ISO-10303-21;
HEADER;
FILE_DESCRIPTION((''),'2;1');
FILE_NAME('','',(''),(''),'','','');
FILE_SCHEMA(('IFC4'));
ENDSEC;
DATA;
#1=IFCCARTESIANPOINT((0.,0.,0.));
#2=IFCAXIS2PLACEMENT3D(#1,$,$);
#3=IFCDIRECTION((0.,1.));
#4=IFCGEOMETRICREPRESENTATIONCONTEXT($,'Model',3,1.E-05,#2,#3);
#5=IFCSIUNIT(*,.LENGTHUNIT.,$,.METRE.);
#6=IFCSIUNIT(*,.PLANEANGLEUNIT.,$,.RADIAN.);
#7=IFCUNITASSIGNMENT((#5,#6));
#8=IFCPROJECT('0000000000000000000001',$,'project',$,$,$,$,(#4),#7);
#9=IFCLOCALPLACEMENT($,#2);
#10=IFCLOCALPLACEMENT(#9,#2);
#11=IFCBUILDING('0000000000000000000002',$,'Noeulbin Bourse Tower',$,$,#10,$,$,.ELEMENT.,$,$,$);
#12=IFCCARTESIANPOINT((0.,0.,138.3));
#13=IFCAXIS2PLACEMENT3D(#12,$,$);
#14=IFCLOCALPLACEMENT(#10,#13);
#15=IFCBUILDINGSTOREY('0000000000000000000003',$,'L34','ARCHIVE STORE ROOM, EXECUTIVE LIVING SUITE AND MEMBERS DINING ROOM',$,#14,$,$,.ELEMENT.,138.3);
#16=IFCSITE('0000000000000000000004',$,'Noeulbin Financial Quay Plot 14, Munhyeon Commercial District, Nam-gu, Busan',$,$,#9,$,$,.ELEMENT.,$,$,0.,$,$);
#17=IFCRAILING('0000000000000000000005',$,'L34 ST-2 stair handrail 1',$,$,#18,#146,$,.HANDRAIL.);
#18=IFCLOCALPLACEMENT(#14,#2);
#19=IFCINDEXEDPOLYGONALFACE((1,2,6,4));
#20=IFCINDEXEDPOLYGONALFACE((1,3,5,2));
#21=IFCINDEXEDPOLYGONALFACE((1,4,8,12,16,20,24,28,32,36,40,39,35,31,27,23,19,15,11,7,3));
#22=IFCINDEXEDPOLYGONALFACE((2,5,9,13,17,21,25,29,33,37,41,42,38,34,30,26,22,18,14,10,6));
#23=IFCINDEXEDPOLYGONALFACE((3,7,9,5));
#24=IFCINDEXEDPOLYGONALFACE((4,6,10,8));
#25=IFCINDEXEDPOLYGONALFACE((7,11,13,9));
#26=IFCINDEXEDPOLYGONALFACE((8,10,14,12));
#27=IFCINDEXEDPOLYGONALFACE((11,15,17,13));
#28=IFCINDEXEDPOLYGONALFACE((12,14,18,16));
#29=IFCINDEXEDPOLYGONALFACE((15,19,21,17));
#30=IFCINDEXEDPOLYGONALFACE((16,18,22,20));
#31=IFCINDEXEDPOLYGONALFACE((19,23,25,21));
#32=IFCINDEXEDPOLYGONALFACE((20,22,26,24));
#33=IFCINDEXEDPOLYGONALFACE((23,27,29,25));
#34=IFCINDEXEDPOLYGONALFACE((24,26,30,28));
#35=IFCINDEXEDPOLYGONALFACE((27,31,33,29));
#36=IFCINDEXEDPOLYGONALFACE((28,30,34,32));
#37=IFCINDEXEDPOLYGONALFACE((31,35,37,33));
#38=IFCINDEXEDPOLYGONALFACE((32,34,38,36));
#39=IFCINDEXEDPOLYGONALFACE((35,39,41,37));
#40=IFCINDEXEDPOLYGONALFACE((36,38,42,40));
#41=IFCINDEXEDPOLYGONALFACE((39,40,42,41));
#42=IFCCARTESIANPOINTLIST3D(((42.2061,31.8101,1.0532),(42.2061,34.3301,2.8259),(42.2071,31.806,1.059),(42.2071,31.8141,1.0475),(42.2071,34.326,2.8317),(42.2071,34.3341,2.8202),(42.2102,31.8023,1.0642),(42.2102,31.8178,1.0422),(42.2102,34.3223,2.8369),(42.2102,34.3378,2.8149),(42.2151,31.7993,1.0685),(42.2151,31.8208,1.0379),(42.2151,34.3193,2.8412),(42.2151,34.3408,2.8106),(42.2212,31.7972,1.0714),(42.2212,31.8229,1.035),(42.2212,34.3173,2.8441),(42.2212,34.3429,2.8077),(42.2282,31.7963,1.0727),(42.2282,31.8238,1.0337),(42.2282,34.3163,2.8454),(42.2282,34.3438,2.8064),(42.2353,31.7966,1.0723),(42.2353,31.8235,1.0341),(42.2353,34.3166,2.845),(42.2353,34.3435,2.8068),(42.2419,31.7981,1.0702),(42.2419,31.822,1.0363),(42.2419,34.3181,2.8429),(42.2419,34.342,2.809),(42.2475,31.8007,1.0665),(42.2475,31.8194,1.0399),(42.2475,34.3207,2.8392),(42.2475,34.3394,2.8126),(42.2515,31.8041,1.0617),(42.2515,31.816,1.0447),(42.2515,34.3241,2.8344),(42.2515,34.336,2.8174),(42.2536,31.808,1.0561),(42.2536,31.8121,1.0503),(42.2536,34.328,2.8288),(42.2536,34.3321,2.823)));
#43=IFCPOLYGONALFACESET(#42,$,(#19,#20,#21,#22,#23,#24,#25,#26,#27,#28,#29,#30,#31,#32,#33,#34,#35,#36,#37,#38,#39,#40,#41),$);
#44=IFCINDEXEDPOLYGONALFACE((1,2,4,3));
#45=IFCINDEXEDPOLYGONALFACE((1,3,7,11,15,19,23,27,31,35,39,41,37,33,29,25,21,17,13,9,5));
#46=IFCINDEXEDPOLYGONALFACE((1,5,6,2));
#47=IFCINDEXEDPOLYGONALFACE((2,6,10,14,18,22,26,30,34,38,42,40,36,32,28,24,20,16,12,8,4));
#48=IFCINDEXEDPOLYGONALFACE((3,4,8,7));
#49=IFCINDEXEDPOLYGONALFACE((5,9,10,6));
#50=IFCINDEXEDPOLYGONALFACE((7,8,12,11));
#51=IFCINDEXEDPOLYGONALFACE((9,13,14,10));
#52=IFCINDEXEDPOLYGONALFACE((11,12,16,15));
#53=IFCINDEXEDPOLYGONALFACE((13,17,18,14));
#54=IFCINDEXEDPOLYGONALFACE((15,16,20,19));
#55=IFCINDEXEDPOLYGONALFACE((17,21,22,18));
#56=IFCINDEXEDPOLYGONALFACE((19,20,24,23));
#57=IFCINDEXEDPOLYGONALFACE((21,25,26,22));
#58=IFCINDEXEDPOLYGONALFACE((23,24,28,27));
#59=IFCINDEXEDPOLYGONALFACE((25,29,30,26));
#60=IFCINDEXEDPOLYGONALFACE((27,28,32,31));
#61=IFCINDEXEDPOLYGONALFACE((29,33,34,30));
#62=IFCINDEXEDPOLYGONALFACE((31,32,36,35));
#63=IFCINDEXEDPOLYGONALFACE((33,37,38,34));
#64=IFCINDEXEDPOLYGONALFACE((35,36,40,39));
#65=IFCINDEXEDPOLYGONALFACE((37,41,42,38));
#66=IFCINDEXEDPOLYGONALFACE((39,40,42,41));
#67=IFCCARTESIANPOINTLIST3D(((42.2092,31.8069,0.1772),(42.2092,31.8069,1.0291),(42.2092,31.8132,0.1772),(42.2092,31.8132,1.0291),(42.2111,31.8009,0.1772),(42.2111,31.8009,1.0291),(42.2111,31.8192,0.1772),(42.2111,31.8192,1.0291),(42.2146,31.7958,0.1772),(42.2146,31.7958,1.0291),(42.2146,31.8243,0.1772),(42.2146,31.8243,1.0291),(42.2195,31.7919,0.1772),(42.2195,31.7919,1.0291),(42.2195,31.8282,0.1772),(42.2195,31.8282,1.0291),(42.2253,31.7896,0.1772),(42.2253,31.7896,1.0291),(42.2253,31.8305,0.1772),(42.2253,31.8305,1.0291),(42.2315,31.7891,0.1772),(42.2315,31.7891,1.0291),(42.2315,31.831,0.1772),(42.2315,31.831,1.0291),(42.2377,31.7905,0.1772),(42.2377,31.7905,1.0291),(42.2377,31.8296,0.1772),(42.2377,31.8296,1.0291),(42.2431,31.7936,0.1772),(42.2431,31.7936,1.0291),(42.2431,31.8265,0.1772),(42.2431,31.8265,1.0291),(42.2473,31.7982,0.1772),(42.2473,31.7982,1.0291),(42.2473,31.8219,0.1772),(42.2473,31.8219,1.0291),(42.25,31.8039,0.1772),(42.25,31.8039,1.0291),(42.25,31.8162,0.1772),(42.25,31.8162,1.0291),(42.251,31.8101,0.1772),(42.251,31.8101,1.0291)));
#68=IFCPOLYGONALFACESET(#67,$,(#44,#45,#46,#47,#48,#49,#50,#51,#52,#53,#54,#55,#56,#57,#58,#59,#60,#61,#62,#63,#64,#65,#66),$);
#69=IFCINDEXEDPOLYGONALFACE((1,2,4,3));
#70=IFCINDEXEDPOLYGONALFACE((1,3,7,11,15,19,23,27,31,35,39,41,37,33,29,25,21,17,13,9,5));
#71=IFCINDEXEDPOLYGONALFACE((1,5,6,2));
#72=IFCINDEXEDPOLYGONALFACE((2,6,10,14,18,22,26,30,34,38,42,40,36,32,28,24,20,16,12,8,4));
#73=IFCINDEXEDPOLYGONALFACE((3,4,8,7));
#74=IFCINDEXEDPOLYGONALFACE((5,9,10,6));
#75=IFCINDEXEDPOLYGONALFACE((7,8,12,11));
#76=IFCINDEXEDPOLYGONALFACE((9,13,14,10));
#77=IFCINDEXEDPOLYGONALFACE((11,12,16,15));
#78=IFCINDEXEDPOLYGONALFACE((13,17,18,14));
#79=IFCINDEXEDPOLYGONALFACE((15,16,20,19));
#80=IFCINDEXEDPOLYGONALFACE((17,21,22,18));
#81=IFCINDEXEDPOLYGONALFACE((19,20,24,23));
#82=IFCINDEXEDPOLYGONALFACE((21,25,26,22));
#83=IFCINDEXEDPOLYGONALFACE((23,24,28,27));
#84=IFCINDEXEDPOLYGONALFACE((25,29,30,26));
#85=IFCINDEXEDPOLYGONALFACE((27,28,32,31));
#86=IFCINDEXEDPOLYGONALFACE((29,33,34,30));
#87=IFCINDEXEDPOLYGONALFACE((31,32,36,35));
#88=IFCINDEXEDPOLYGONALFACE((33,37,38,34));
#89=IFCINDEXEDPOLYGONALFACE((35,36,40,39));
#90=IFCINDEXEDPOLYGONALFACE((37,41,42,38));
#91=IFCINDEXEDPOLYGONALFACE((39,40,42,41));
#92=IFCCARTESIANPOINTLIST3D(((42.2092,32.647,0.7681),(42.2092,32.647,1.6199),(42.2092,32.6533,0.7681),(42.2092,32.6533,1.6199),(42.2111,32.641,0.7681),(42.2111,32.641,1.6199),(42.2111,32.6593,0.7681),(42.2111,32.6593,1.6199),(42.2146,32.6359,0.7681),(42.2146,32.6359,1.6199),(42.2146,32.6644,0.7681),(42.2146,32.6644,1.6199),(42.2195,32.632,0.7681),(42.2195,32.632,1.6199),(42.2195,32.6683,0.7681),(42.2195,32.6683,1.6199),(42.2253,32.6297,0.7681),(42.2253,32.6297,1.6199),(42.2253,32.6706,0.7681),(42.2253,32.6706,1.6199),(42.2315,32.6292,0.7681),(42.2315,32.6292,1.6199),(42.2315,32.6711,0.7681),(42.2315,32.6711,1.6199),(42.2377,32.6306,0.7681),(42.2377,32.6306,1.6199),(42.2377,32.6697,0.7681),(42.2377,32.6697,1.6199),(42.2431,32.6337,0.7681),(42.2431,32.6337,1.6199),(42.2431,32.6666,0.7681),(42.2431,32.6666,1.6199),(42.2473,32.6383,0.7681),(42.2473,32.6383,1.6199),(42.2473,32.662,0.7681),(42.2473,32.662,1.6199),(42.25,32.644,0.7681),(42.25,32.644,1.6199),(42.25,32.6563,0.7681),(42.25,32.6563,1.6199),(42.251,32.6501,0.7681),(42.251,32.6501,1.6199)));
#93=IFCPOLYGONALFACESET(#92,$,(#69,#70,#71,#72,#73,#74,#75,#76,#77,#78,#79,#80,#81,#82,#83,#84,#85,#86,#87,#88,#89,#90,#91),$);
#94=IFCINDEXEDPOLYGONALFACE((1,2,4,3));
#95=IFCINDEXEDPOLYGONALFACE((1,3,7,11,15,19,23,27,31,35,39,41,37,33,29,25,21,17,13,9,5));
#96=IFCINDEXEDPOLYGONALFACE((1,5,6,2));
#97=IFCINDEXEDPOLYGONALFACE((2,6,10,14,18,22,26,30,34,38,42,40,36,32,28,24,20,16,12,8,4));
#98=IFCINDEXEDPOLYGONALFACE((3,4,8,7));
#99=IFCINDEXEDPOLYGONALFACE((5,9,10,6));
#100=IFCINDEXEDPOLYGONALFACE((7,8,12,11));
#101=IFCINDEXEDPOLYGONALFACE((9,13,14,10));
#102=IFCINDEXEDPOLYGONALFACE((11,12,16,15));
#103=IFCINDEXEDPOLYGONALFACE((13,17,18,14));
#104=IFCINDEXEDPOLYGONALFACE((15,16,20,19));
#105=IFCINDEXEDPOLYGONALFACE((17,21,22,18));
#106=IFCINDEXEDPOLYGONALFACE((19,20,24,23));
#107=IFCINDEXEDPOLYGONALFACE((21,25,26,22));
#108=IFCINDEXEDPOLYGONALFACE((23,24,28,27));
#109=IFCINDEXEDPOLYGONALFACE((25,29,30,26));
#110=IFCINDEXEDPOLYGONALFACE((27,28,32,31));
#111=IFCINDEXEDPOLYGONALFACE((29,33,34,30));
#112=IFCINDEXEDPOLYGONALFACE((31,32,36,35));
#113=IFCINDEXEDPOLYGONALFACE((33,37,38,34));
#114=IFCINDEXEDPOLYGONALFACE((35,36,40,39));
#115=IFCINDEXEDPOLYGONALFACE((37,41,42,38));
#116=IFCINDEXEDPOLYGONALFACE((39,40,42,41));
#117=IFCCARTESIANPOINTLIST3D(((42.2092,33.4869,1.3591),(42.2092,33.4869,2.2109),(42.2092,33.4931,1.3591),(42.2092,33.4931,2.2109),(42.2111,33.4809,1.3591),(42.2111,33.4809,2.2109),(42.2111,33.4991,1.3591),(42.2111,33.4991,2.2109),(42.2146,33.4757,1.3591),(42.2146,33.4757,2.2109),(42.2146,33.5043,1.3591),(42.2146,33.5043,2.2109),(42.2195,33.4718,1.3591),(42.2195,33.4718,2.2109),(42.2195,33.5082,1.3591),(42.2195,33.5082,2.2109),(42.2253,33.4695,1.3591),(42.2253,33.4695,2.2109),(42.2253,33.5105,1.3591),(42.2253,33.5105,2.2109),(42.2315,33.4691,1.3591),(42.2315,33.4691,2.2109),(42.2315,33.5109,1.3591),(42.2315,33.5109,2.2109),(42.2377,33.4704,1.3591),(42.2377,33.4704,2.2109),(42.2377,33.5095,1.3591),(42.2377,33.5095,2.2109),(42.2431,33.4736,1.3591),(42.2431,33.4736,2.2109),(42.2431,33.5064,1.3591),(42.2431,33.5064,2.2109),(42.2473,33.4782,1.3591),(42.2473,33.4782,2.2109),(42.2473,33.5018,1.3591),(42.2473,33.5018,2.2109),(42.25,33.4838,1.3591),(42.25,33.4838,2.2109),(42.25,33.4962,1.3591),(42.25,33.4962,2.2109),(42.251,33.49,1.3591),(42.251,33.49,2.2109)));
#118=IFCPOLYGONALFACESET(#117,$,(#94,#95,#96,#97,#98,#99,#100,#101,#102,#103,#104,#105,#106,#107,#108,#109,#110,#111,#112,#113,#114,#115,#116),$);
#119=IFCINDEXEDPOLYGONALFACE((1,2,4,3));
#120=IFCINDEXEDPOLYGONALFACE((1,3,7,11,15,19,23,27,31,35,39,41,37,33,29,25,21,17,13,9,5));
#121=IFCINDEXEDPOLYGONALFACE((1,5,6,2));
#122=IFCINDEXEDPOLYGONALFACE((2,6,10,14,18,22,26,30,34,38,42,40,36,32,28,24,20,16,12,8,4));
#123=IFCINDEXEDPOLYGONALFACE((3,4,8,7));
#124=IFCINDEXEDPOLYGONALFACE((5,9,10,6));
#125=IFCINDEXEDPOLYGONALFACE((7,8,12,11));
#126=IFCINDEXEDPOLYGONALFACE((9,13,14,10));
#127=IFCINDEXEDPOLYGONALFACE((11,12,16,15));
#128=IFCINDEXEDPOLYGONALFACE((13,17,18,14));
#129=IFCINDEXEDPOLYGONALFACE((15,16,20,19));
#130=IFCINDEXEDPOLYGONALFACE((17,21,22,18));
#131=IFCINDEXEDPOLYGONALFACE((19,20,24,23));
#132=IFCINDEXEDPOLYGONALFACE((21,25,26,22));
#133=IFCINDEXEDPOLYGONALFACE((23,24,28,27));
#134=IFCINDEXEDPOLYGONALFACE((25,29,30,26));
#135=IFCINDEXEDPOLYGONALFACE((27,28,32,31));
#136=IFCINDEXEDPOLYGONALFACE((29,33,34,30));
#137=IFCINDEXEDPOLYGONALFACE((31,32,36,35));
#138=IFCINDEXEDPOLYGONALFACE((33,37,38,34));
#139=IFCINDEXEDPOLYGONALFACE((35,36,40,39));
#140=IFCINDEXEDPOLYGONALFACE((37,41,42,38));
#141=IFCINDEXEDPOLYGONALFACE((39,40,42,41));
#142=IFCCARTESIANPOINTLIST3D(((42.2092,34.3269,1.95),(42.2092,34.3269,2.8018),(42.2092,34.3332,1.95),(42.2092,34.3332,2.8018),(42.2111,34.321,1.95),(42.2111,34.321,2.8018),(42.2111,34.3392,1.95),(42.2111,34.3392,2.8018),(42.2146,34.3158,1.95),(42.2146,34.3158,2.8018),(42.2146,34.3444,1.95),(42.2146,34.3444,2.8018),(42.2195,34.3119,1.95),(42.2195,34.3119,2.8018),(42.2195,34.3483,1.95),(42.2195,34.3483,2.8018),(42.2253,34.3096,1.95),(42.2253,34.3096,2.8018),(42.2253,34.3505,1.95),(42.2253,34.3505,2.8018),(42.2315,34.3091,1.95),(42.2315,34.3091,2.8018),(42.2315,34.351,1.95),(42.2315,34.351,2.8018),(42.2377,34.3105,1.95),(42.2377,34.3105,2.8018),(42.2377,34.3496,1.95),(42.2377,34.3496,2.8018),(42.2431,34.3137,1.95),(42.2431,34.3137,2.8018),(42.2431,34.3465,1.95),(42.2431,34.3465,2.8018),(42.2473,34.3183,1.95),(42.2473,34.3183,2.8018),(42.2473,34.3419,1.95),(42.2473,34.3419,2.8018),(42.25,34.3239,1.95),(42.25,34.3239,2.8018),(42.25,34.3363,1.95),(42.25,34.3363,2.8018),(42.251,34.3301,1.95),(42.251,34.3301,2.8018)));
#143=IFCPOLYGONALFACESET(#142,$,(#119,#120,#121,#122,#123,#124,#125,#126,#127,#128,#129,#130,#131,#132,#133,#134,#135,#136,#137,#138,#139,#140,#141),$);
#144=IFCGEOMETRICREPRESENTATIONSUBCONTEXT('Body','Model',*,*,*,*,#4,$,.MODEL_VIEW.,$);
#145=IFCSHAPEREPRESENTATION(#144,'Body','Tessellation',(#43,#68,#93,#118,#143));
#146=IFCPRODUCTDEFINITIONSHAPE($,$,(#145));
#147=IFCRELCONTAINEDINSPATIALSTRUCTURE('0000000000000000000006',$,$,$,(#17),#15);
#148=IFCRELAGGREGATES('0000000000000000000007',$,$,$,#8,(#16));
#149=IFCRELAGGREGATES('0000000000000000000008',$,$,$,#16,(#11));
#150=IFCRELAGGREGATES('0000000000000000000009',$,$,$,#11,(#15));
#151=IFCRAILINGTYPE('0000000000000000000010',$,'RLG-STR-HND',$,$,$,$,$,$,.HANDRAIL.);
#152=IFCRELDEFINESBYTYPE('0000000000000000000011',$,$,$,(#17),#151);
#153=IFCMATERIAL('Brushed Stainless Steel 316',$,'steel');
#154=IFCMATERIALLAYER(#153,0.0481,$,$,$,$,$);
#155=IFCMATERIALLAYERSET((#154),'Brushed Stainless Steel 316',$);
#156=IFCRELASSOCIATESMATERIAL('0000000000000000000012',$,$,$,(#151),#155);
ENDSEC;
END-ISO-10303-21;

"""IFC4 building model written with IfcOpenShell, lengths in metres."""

from ifc_helpers import new_model, si_unit, direction, frame, origin, origin_2d, place, context, subcontext, project, spatial, circle, extrude, material, layer, layer_set, type_object, element, save


model = new_model("IFC4")

# Units and contexts
model_context = context("Model", 3, precision=1e-05, world=origin(), true_north=direction((0.0, 1.0)))
body_context = subcontext(model_context, "Body", "Model", "MODEL_VIEW")
ifc_project = project(units=[si_unit("LENGTHUNIT", "METRE"), si_unit("PLANEANGLEUNIT", "RADIAN")], contexts=[model_context])

# Site, building, storey
site_placement = place(None, origin())
site = spatial("IfcSite", under=ifc_project, at=site_placement, Name="Noeulbin Financial Quay Plot 14, Munhyeon Commercial District, Nam-gu, Busan", CompositionType="ELEMENT", RefElevation=0.0)
building_placement = place(site_placement, origin())
building = spatial("IfcBuilding", under=site, at=building_placement, Name="Noeulbin Bourse Tower", CompositionType="ELEMENT")
storey_placement = place(building_placement, frame((0.0, 0.0, 138.3)))
storey = spatial("IfcBuildingStorey", under=building, at=storey_placement, Name="L34", Description="ARCHIVE STORE ROOM, EXECUTIVE LIVING SUITE AND MEMBERS DINING ROOM", CompositionType="ELEMENT", Elevation=138.3)

# Shared definitions
ifc_material_1 = material(Name="Brushed Stainless Steel 316", Category="steel")

# Railing
ifc_layer_1 = layer(ifc_material_1, 0.0481)
ifc_layer_set_1 = layer_set([ifc_layer_1], Name="Brushed Stainless Steel 316")
railing_type_1 = type_object("IfcRailingType", Name="RLG-STR-HND", PredefinedType="HANDRAIL", material=ifc_layer_set_1)
railing_1_placement = place(storey_placement, frame((42.23, 31.8101, 0.1772)))
element("IfcRailing", 1, at=railing_1_placement, inside=storey, type_object=railing_type_1, Name="L34 ST-2 stair handrail 1", PredefinedType="HANDRAIL", context=body_context, shape_type="SweptSolid", body=[
    extrude(circle(Radius=0.0239, at=origin_2d()), frame((0.0, 0.0, 0.876), z_axis=(0.0, 0.817904, 0.575354), x_axis=(-1.0, 0.0, 0.0)), (0.0, 0.0, 1.0), 3.0811),
    extrude(circle(Radius=0.021, at=origin_2d()), origin(), (0.0, 0.0, 1.0), 0.8518),
    extrude(circle(Radius=0.021, at=origin_2d()), frame((0.0, 0.8401, 0.5908)), (0.0, 0.0, 1.0), 0.8518),
    extrude(circle(Radius=0.021, at=origin_2d()), frame((0.0, 1.6799, 1.1819)), (0.0, 0.0, 1.0), 0.8518),
    extrude(circle(Radius=0.021, at=origin_2d()), frame((0.0, 2.52, 1.7727)), (0.0, 0.0, 1.0), 0.8518),
])

save(model, "model.ifc")
